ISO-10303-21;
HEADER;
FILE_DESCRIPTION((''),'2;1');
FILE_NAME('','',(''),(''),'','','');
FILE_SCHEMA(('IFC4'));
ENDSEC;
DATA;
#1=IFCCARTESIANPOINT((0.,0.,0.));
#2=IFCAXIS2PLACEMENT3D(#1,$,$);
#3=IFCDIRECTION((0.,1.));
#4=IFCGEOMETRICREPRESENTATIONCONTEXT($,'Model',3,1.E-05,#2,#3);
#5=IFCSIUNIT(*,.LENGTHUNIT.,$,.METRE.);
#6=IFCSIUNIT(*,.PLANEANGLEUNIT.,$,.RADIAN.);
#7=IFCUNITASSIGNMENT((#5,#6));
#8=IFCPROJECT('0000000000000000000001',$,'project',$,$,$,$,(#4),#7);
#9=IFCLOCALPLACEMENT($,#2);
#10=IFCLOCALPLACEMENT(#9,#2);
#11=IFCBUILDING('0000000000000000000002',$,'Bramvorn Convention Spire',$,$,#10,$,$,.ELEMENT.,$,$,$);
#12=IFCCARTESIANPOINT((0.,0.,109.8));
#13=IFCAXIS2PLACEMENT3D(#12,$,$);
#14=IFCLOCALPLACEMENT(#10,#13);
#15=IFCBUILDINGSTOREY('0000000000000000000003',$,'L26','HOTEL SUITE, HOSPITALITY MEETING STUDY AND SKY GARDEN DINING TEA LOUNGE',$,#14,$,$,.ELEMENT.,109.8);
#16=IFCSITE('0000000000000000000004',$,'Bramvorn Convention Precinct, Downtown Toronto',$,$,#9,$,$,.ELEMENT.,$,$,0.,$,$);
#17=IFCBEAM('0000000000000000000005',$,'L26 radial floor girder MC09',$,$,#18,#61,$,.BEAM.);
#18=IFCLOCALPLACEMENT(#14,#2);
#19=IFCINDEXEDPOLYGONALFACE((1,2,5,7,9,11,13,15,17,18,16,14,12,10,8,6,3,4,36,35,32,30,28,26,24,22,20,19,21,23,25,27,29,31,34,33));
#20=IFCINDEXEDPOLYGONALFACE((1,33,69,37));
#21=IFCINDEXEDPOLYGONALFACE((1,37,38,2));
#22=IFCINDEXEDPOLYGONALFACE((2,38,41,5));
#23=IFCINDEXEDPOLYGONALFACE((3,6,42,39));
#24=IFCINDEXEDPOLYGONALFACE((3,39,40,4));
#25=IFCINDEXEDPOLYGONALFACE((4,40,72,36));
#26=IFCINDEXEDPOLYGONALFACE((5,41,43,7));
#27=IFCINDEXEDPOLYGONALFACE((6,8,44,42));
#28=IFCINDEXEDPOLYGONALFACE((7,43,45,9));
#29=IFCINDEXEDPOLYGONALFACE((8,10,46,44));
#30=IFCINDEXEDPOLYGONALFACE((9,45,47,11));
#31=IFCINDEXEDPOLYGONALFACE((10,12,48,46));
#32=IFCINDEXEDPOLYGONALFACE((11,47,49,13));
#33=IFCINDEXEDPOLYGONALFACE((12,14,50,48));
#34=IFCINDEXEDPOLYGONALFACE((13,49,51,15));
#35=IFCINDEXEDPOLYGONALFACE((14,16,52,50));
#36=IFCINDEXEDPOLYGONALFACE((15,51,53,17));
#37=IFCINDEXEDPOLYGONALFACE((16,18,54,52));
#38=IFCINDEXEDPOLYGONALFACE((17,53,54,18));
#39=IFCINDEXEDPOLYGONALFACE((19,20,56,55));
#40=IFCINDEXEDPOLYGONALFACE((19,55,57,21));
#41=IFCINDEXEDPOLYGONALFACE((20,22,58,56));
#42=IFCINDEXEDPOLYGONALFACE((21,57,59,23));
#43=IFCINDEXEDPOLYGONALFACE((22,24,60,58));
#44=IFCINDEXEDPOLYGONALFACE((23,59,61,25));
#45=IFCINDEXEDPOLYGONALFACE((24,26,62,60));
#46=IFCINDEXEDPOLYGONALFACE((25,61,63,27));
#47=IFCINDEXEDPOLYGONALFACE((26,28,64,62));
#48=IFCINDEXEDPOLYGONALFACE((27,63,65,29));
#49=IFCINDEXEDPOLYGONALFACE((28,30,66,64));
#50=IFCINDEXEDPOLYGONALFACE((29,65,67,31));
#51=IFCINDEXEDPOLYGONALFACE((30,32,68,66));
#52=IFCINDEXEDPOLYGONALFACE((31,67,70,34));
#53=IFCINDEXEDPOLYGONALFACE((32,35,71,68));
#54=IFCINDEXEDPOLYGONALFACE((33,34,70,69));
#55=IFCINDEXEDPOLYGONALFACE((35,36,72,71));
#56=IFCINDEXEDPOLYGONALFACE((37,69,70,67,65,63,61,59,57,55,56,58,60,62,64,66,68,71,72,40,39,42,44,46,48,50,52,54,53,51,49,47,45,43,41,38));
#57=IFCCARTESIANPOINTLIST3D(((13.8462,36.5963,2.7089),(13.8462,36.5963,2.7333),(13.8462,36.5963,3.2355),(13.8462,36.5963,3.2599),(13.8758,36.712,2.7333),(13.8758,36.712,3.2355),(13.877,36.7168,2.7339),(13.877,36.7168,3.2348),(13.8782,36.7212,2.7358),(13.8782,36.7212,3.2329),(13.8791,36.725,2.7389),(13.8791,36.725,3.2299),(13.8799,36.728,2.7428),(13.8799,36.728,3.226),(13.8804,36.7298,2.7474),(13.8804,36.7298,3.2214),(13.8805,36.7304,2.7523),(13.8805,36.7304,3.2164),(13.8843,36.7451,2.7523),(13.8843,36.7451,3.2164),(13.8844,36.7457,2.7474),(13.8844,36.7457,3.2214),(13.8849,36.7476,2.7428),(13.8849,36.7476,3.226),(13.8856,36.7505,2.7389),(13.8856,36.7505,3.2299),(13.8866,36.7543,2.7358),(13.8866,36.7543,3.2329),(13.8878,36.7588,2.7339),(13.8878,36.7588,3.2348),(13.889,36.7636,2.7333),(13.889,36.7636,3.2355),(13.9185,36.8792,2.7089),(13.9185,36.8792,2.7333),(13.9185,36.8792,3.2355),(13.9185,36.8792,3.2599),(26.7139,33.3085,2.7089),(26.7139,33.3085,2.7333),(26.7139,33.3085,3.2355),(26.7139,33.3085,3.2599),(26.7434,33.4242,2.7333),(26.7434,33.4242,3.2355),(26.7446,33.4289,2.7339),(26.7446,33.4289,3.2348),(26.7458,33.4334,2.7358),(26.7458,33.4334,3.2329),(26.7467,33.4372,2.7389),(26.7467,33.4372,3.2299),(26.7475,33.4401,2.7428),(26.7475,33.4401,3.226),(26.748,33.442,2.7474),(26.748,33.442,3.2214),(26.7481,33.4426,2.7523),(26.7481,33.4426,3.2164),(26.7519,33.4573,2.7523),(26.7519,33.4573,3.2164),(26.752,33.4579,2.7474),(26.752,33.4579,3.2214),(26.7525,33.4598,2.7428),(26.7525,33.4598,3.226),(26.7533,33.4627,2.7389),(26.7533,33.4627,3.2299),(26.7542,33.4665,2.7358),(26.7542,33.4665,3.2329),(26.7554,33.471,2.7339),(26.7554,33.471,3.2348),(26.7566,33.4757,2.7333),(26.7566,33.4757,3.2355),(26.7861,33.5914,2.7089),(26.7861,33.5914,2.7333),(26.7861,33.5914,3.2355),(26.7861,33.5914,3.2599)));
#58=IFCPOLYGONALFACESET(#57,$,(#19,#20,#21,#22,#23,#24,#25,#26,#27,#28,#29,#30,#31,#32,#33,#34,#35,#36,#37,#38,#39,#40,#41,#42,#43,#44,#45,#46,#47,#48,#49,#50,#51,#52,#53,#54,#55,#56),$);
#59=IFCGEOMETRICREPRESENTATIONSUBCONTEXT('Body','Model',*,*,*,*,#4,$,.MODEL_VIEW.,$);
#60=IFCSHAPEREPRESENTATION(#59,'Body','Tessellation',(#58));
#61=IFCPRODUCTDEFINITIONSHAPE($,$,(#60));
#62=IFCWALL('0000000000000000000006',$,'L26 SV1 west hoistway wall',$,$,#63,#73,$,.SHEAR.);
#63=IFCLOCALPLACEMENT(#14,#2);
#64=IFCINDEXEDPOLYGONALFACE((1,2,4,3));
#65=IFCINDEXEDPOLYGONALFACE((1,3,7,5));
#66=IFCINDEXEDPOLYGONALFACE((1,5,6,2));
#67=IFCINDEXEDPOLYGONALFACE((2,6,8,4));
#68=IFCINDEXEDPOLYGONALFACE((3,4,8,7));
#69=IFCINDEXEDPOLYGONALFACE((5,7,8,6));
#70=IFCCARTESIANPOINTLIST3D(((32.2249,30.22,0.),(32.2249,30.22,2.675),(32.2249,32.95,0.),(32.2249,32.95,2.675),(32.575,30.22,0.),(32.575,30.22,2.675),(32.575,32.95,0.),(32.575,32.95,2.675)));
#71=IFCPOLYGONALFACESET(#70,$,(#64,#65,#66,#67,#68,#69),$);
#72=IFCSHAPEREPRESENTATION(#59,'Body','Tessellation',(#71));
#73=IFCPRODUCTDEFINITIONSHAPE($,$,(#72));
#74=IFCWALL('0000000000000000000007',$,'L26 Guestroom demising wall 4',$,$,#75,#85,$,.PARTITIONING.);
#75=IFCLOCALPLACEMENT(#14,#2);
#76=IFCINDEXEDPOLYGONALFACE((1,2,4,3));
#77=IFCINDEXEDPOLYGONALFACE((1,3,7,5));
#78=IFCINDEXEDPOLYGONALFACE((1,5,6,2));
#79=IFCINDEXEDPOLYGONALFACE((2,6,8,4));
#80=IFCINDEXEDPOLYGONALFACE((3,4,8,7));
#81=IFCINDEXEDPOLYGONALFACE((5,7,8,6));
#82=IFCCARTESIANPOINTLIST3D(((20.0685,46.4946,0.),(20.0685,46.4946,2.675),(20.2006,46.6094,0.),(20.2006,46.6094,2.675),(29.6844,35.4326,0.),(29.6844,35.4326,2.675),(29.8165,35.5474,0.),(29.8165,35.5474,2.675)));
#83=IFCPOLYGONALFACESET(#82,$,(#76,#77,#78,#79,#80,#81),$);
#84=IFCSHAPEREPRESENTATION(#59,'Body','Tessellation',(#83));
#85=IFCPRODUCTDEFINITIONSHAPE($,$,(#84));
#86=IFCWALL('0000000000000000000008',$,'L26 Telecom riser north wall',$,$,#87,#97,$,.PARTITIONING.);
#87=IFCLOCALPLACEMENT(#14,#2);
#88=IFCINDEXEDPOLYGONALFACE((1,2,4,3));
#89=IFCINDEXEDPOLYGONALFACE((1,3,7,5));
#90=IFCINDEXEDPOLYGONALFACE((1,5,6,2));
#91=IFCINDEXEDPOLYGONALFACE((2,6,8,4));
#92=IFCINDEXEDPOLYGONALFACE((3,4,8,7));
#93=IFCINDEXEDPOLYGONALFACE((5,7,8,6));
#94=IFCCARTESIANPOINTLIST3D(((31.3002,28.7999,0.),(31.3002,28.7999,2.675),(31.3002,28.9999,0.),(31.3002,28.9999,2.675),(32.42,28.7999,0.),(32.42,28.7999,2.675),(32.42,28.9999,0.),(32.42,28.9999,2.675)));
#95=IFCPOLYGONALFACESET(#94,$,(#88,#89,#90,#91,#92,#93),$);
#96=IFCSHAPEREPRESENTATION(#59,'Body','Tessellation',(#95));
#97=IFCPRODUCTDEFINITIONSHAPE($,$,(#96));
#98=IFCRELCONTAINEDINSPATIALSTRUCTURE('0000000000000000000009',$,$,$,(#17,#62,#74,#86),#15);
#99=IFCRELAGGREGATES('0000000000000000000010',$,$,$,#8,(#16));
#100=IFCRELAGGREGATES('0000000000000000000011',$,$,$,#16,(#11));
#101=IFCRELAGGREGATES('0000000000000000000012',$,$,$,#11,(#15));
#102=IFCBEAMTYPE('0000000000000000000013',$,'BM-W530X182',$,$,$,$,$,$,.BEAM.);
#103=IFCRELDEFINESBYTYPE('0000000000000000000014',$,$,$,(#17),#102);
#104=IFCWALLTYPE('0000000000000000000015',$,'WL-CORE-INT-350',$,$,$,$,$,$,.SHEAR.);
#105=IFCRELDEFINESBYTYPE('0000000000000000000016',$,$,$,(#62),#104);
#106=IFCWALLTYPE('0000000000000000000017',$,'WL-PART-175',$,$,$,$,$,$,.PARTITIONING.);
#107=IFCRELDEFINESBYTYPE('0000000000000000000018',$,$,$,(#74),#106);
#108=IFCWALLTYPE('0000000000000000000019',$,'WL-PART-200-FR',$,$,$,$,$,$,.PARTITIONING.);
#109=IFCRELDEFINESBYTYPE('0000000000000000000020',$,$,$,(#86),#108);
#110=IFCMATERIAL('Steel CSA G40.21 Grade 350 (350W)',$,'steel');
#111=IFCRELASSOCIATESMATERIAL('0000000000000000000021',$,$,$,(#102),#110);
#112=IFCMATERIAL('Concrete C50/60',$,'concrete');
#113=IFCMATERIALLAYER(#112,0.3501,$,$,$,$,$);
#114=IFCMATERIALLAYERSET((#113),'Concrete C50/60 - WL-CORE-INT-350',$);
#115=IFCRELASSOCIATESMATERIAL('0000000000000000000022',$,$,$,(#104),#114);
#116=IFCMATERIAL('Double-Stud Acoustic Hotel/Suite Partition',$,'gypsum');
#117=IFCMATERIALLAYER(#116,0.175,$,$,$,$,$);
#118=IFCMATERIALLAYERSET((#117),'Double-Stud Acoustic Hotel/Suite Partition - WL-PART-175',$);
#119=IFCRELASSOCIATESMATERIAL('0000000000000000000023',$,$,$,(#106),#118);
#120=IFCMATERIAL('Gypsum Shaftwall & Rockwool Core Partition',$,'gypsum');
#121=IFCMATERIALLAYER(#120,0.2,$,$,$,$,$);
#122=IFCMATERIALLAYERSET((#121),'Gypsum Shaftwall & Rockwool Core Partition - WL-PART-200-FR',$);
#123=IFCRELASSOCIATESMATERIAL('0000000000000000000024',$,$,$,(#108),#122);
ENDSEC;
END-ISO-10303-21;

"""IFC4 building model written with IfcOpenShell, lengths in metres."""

from ifc_helpers import new_model, si_unit, direction, frame, frame_2d, origin, origin_2d, place, context, subcontext, project, spatial, rectangle, i_section, extrude, material, layer, layer_set, material_profile, profile_set, type_object, element, save


model = new_model("IFC4")

# Units and contexts
model_context = context("Model", 3, precision=1e-05, world=origin(), true_north=direction((0.0, 1.0)))
body_context = subcontext(model_context, "Body", "Model", "MODEL_VIEW")
ifc_project = project(units=[si_unit("LENGTHUNIT", "METRE"), si_unit("PLANEANGLEUNIT", "RADIAN")], contexts=[model_context])

# Site, building, storey
site_placement = place(None, origin())
site = spatial("IfcSite", under=ifc_project, at=site_placement, Name="Bramvorn Convention Precinct, Downtown Toronto", CompositionType="ELEMENT", RefElevation=0.0)
building_placement = place(site_placement, origin())
building = spatial("IfcBuilding", under=site, at=building_placement, Name="Bramvorn Convention Spire", CompositionType="ELEMENT")
storey_placement = place(building_placement, frame((0.0, 0.0, 109.8)))
storey = spatial("IfcBuildingStorey", under=building, at=storey_placement, Name="L26", Description="HOTEL SUITE, HOSPITALITY MEETING STUDY AND SKY GARDEN DINING TEA LOUNGE", CompositionType="ELEMENT", Elevation=109.8)

# Beam
ifc_material_1 = material(Name="Steel CSA G40.21 Grade 350 (350W)", Category="steel")
ifc_material_profile_1 = material_profile(ifc_material_1, i_section(OverallWidth=0.292, OverallDepth=0.551, WebThickness=0.0151, FlangeThickness=0.0244, FilletRadius=0.019, at=origin_2d()))
ifc_profile_set_1 = profile_set([ifc_material_profile_1], Name="Steel CSA G40.21 Grade 350 (350W) - W530X182")
beam_type_1 = type_object("IfcBeamType", Name="BM-W530X182", PredefinedType="BEAM", material=ifc_profile_set_1)
beam_1_placement = place(storey_placement, frame((26.75, 33.45, 2.9844), z_axis=(-0.968873, 0.247558, 0.0), x_axis=(-0.247558, -0.968873, 0.0)))
element("IfcBeam", 1, at=beam_1_placement, inside=storey, type_object=beam_type_1, Name="L26 radial floor girder MC09", PredefinedType="BEAM", context=body_context, shape_type="SweptSolid", body=[
    extrude(i_section(OverallWidth=0.292, OverallDepth=0.551, WebThickness=0.0151, FlangeThickness=0.0244, FilletRadius=0.019, at=origin_2d()), origin(), (0.0, 0.0, 1.0), 13.281),
])

# Shared definitions
ifc_material_2 = material(Name="Concrete C50/60", Category="concrete")
ifc_layer_1 = layer(ifc_material_2, 0.3501)
ifc_layer_set_1 = layer_set([ifc_layer_1], Name="Concrete C50/60 - WL-CORE-INT-350")
wall_type_1 = type_object("IfcWallType", Name="WL-CORE-INT-350", PredefinedType="SHEAR", material=ifc_layer_set_1)

# Walls
wall_1_placement = place(storey_placement, frame((32.3999, 30.22, 0.0), z_axis=(0.0, 0.0, 1.0), x_axis=(0.0, 1.0, 0.0)))
element("IfcWall", 2, at=wall_1_placement, inside=storey, type_object=wall_type_1, Name="L26 SV1 west hoistway wall", PredefinedType="SHEAR", context=body_context, shape_type="SweptSolid", body=[
    extrude(rectangle(XDim=2.73, YDim=0.3501, at=frame_2d((1.365, 0.0))), origin(), (0.0, 0.0, 1.0), 2.675),
])
ifc_material_3 = material(Name="Double-Stud Acoustic Hotel/Suite Partition", Category="gypsum")
ifc_layer_2 = layer(ifc_material_3, 0.175)
ifc_layer_set_2 = layer_set([ifc_layer_2], Name="Double-Stud Acoustic Hotel/Suite Partition - WL-PART-175")
wall_type_2 = type_object("IfcWallType", Name="WL-PART-175", PredefinedType="PARTITIONING", material=ifc_layer_set_2)
wall_2_placement = place(storey_placement, frame((29.7505, 35.49, 0.0), z_axis=(0.0, 0.0, 1.0), x_axis=(-0.656055, 0.754713, 0.0)))
element("IfcWall", 3, at=wall_2_placement, inside=storey, type_object=wall_type_2, Name="L26 Guestroom demising wall 4", PredefinedType="PARTITIONING", context=body_context, shape_type="SweptSolid", body=[
    extrude(rectangle(XDim=14.6572, YDim=0.175, at=frame_2d((7.3286, 0.0))), origin(), (0.0, 0.0, 1.0), 2.675),
])
ifc_material_4 = material(Name="Gypsum Shaftwall & Rockwool Core Partition", Category="gypsum")
ifc_layer_3 = layer(ifc_material_4, 0.2)
ifc_layer_set_3 = layer_set([ifc_layer_3], Name="Gypsum Shaftwall & Rockwool Core Partition - WL-PART-200-FR")
wall_type_3 = type_object("IfcWallType", Name="WL-PART-200-FR", PredefinedType="PARTITIONING", material=ifc_layer_set_3)
wall_3_placement = place(storey_placement, frame((31.3, 28.8999, 0.0), z_axis=(0.0, 0.0, 1.0), x_axis=(1.0, 0.0, 0.0)))
element("IfcWall", 4, at=wall_3_placement, inside=storey, type_object=wall_type_3, Name="L26 Telecom riser north wall", PredefinedType="PARTITIONING", context=body_context, shape_type="SweptSolid", body=[
    extrude(rectangle(XDim=1.1199, YDim=0.2, at=frame_2d((0.5601, 0.0))), origin(), (0.0, 0.0, 1.0), 2.675),
])

save(model, "model.ifc")
